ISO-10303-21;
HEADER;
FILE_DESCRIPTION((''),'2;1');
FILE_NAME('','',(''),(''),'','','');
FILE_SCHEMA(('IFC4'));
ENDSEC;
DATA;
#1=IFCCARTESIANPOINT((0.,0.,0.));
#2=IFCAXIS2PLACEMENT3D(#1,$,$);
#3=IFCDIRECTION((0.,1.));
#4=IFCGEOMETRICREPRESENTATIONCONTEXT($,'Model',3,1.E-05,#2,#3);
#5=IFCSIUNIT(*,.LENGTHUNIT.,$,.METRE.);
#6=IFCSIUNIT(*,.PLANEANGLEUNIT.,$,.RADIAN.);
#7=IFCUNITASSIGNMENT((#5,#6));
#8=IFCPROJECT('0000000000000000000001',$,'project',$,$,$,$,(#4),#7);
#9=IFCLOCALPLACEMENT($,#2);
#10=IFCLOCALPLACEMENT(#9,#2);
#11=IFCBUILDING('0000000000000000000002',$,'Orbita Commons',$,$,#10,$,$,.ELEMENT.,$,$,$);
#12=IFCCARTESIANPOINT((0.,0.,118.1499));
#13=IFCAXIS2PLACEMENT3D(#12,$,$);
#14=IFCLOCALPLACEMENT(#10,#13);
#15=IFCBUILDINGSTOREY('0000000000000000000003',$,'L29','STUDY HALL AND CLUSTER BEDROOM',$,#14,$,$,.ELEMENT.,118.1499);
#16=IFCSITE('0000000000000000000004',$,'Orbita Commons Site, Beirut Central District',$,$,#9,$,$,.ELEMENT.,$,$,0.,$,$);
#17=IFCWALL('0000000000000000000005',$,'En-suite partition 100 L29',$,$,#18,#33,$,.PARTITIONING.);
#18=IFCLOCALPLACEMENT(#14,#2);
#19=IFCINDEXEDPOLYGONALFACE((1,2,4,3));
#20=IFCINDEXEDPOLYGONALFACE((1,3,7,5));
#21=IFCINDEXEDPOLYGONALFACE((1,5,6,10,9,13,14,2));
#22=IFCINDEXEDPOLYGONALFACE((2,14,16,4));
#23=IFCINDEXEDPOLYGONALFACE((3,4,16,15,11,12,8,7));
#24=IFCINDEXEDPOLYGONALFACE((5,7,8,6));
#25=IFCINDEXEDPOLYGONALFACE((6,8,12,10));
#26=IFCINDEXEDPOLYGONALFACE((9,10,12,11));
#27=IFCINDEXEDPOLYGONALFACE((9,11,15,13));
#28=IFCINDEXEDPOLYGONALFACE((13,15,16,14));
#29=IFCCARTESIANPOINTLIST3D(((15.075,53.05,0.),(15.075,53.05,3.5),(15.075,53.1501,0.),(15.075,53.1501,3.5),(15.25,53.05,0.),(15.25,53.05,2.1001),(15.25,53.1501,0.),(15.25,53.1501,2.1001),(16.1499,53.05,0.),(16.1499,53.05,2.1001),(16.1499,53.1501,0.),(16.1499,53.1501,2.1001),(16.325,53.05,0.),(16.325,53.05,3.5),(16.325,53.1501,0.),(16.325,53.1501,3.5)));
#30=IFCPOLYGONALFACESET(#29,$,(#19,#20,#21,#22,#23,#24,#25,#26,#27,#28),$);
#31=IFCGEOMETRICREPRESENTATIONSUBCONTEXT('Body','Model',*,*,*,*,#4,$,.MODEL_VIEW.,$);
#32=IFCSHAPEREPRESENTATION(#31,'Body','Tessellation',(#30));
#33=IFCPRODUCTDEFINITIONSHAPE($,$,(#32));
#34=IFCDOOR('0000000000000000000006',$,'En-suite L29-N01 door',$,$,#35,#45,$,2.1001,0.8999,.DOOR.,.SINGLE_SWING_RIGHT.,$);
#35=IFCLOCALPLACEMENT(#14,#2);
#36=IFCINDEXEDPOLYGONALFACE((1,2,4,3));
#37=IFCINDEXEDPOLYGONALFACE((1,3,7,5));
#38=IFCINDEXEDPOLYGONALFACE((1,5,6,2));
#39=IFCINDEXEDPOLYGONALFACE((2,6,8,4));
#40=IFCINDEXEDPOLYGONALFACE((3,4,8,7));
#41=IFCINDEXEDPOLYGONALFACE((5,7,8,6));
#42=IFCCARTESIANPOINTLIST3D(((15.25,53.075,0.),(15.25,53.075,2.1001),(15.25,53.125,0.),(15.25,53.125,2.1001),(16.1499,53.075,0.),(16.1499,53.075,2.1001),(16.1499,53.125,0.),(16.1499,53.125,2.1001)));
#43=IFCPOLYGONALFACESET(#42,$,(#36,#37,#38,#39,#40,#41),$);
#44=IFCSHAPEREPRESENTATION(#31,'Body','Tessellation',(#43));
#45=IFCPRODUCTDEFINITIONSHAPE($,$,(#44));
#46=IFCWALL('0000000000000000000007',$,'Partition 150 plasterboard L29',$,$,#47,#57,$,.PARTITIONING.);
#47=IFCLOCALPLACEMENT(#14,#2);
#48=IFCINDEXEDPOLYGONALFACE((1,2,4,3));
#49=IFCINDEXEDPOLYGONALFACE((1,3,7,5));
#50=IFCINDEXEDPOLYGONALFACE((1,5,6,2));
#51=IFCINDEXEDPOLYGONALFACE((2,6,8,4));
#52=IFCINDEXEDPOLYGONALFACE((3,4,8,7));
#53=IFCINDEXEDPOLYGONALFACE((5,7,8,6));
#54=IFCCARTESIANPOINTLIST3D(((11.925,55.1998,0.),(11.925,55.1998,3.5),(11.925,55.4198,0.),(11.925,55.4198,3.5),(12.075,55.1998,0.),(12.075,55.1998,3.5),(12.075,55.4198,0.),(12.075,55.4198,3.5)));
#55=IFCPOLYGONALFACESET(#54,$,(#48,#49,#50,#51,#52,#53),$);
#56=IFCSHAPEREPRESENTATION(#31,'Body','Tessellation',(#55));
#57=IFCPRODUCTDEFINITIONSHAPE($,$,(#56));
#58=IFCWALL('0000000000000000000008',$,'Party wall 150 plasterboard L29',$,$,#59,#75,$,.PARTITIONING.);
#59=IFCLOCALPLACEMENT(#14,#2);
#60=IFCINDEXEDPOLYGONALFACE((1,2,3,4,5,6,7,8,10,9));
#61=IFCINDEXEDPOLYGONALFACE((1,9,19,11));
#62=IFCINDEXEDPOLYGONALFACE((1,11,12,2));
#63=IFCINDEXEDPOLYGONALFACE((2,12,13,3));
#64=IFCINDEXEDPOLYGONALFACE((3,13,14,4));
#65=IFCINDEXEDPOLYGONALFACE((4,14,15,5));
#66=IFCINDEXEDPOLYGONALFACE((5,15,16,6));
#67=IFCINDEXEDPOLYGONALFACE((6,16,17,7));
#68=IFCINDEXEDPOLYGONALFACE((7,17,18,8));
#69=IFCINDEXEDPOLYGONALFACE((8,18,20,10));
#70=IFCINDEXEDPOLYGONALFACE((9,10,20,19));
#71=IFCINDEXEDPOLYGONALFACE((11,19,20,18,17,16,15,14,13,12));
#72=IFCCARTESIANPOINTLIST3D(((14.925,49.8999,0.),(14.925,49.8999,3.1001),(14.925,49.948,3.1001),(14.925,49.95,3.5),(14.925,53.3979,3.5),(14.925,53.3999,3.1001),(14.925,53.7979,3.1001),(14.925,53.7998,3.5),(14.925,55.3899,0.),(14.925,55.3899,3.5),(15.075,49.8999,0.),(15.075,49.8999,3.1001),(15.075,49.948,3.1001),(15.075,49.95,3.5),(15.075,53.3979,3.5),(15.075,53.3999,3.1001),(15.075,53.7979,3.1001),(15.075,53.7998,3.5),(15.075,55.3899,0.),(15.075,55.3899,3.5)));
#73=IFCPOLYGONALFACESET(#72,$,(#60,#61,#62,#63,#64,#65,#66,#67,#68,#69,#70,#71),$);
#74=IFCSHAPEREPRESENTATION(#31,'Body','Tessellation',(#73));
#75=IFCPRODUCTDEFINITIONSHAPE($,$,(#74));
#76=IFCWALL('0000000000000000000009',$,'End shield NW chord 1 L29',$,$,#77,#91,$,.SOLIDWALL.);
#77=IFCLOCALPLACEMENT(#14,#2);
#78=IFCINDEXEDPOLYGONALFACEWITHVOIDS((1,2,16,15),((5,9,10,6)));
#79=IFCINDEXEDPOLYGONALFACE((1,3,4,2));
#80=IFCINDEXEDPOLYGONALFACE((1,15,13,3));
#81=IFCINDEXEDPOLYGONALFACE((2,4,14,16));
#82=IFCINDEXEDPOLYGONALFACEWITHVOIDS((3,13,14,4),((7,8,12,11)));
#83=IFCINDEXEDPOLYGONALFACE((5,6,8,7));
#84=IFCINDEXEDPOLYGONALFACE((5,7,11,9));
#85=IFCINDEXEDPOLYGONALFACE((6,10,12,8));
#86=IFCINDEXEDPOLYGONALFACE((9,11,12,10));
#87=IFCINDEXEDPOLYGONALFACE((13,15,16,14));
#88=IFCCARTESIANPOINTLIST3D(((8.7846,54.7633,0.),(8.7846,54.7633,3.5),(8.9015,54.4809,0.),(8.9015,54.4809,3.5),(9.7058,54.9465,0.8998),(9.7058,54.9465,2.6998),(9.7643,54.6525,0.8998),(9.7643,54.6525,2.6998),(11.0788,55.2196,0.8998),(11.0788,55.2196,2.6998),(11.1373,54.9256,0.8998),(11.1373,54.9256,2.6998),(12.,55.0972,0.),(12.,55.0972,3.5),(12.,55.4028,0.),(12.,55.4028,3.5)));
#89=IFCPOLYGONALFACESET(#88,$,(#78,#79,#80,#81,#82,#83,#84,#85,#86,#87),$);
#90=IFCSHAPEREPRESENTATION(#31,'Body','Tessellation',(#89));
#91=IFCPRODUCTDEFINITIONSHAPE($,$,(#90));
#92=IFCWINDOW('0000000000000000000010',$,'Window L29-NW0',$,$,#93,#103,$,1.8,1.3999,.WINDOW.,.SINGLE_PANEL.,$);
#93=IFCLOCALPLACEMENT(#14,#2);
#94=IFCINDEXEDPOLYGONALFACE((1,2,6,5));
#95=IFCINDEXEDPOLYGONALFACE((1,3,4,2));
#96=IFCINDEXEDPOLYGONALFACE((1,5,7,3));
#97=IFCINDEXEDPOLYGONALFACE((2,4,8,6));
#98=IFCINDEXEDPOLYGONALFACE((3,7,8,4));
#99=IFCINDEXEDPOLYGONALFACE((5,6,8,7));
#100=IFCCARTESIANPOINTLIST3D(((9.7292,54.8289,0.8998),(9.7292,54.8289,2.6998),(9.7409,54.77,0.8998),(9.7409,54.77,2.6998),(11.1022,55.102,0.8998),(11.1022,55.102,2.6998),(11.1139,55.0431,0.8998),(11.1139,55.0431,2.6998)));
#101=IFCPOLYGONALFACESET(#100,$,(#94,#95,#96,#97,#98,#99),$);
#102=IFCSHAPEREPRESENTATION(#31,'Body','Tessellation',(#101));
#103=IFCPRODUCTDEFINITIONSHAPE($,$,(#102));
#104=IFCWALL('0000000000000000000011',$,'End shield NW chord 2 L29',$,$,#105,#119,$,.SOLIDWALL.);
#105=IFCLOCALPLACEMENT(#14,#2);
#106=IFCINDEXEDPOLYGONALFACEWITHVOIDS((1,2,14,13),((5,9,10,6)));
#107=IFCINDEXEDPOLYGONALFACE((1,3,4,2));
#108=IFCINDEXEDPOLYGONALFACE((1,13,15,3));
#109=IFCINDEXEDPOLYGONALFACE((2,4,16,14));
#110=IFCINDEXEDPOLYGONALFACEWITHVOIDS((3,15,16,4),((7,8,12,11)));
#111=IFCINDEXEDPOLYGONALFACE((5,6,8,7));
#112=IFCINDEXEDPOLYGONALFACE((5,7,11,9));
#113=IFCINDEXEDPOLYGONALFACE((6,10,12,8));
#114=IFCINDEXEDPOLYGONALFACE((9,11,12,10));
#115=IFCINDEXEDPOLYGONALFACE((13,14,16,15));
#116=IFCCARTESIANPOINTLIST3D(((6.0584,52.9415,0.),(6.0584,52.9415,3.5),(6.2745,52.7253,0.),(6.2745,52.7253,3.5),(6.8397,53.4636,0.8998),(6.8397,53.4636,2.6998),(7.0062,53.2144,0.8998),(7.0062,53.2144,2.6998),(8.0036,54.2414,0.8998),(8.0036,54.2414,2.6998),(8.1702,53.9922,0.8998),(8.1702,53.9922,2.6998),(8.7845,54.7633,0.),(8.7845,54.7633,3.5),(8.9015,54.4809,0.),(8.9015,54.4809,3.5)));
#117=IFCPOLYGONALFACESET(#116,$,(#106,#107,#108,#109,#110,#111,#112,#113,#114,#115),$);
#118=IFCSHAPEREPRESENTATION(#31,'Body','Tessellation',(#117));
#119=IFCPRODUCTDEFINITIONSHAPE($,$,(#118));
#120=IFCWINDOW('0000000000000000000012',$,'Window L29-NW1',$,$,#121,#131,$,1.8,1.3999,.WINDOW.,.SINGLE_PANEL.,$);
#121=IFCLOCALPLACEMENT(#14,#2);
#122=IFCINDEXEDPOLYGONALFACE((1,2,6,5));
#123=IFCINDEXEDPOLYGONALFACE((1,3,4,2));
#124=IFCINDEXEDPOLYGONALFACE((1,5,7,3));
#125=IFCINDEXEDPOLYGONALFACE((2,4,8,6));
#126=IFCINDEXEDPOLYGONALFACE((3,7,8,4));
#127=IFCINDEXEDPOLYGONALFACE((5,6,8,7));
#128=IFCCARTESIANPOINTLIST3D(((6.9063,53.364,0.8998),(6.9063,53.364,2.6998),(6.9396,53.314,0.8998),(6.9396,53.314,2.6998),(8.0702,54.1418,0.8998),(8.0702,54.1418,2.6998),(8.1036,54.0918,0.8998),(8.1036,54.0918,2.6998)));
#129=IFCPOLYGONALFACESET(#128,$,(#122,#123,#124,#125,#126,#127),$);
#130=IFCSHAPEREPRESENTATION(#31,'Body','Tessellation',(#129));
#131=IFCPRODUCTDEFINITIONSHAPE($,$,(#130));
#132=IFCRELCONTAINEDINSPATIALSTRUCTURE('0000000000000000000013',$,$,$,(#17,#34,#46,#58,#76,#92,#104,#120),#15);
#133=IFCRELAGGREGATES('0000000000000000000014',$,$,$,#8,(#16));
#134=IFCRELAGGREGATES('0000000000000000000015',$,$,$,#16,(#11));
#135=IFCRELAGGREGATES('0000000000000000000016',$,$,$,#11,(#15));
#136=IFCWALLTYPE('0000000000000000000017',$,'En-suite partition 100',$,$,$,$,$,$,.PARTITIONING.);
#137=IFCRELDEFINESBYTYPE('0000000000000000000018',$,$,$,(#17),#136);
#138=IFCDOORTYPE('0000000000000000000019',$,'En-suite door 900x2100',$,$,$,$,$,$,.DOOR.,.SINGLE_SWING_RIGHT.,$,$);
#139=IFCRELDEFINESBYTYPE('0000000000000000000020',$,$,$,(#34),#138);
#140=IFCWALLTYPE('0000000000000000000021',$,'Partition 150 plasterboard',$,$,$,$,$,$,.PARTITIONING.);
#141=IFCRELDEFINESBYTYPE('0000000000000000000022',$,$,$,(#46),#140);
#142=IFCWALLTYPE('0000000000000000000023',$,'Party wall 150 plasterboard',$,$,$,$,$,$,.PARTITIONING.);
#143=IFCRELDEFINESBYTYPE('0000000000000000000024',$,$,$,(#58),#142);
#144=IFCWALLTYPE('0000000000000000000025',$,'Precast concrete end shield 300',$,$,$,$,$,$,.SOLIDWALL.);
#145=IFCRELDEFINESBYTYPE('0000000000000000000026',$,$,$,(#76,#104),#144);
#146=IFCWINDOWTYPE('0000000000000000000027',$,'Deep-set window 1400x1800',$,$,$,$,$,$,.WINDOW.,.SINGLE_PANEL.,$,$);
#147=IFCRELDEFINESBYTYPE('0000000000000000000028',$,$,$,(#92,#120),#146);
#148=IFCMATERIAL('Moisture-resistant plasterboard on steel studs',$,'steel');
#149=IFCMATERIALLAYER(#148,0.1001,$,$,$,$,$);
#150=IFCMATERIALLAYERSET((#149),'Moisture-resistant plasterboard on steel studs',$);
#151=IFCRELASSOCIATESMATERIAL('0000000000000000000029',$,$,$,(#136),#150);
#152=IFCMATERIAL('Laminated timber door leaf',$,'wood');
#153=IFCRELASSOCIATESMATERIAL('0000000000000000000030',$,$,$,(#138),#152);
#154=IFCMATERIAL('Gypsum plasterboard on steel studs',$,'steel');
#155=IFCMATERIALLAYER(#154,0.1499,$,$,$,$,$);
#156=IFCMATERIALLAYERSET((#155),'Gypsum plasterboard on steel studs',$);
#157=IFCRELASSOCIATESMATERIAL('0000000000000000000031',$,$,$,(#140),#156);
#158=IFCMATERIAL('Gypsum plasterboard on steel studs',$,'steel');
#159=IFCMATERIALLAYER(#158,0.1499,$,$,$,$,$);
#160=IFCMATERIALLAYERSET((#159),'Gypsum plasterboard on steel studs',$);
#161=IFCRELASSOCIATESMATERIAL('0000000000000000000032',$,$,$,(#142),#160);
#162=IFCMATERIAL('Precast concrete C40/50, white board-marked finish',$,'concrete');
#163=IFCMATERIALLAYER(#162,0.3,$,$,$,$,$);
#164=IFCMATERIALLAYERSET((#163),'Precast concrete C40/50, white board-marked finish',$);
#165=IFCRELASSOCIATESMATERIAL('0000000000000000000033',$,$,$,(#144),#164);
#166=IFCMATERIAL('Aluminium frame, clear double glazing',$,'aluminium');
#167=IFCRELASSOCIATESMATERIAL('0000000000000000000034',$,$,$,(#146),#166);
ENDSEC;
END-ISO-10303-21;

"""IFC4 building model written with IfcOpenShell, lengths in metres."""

from ifc_helpers import new_model, si_unit, direction, frame, frame_2d, origin, place, context, subcontext, project, spatial, polyline, rectangle, outline, extrude, material, layer, layer_set, type_object, element, fill, save


model = new_model("IFC4")

# Units and contexts
model_context = context("Model", 3, precision=1e-05, world=origin(), true_north=direction((0.0, 1.0)))
body_context = subcontext(model_context, "Body", "Model", "MODEL_VIEW")
ifc_project = project(units=[si_unit("LENGTHUNIT", "METRE"), si_unit("PLANEANGLEUNIT", "RADIAN")], contexts=[model_context])

# Site, building, storey
site_placement = place(None, origin())
site = spatial("IfcSite", under=ifc_project, at=site_placement, Name="Orbita Commons Site, Beirut Central District", CompositionType="ELEMENT", RefElevation=0.0)
building_placement = place(site_placement, origin())
building = spatial("IfcBuilding", under=site, at=building_placement, Name="Orbita Commons", CompositionType="ELEMENT")
storey_placement = place(building_placement, frame((0.0, 0.0, 118.1499)))
storey = spatial("IfcBuildingStorey", under=building, at=storey_placement, Name="L29", Description="STUDY HALL AND CLUSTER BEDROOM", CompositionType="ELEMENT", Elevation=118.1499)

# Wall, opening, door
ifc_material_1 = material(Name="Moisture-resistant plasterboard on steel studs", Category="steel")
ifc_layer_1 = layer(ifc_material_1, 0.1001)
ifc_layer_set_1 = layer_set([ifc_layer_1], Name="Moisture-resistant plasterboard on steel studs")
wall_type_1 = type_object("IfcWallType", Name="En-suite partition 100", PredefinedType="PARTITIONING", material=ifc_layer_set_1)
ifc_material_2 = material(Name="Laminated timber door leaf", Category="wood")
door_type = type_object("IfcDoorType", Name="En-suite door 900x2100", OperationType="SINGLE_SWING_RIGHT", PredefinedType="DOOR", material=ifc_material_2)
wall_1_placement = place(storey_placement, frame((15.075, 53.1001, 0.0), z_axis=(0.0, 0.0, 1.0), x_axis=(1.0, 0.0, 0.0)))
wall_1 = element("IfcWall", 1, at=wall_1_placement, inside=storey, type_object=wall_type_1, Name="En-suite partition 100 L29", PredefinedType="PARTITIONING", context=body_context, shape_type="SweptSolid", body=[
    extrude(rectangle(XDim=1.25, YDim=0.1001, at=frame_2d((0.625, 0.0))), origin(), (0.0, 0.0, 1.0), 3.5),
])
opening_1_placement = place(wall_1_placement, frame((0.175, 0.0, 0.0)))
opening_1 = element("IfcOpeningElement", 2, at=opening_1_placement, cuts=wall_1, PredefinedType="OPENING", context=body_context, shape_type="SweptSolid", body=[
    extrude(rectangle(XDim=0.8999, YDim=2.1001, at=frame_2d((0.45, 1.05))), frame((0.0, 0.0601, 0.0), z_axis=(0.0, -1.0, 0.0), x_axis=(1.0, 0.0, 0.0)), (0.0, 0.0, 1.0), 0.1201),
])
door_1_placement = place(opening_1_placement, origin())
door_1 = element("IfcDoor", 3, at=door_1_placement, inside=storey, type_object=door_type, Name="En-suite L29-N01 door", OperationType="SINGLE_SWING_RIGHT", OverallHeight=2.1001, OverallWidth=0.8999, PredefinedType="DOOR", context=body_context, shape_type="SweptSolid", body=[
    extrude(rectangle(XDim=0.8999, YDim=2.1001, at=frame_2d((0.45, 1.05))), frame((0.0, 0.0249, 0.0), z_axis=(0.0, -1.0, 0.0), x_axis=(1.0, 0.0, 0.0)), (0.0, 0.0, 1.0), 0.05),
])
fill(opening_1, door_1)

# Walls
ifc_material_3 = material(Name="Gypsum plasterboard on steel studs", Category="steel")
ifc_layer_2 = layer(ifc_material_3, 0.1499)
ifc_layer_set_2 = layer_set([ifc_layer_2], Name="Gypsum plasterboard on steel studs")
wall_type_2 = type_object("IfcWallType", Name="Partition 150 plasterboard", PredefinedType="PARTITIONING", material=ifc_layer_set_2)
wall_2_placement = place(storey_placement, frame((12.0, 55.2, 0.0), z_axis=(0.0, 0.0, 1.0), x_axis=(0.0, 1.0, 0.0)))
element("IfcWall", 4, at=wall_2_placement, inside=storey, type_object=wall_type_2, Name="Partition 150 plasterboard L29", PredefinedType="PARTITIONING", context=body_context, shape_type="SweptSolid", body=[
    extrude(rectangle(XDim=0.22, YDim=0.1499, at=frame_2d((0.1099, 0.0))), origin(), (0.0, 0.0, 1.0), 3.5),
])
ifc_material_4 = material(Name="Gypsum plasterboard on steel studs", Category="steel")
ifc_layer_3 = layer(ifc_material_4, 0.1499)
ifc_layer_set_3 = layer_set([ifc_layer_3], Name="Gypsum plasterboard on steel studs")
wall_type_3 = type_object("IfcWallType", Name="Party wall 150 plasterboard", PredefinedType="PARTITIONING", material=ifc_layer_set_3)
wall_3_placement = place(storey_placement, frame((15.0, 55.3899, 0.0), z_axis=(0.0, 0.0, 1.0), x_axis=(0.0, -1.0, 0.0)))
element("IfcWall", 5, at=wall_3_placement, inside=storey, type_object=wall_type_3, Name="Party wall 150 plasterboard L29", PredefinedType="PARTITIONING", context=body_context, shape_type="SweptSolid", body=[
    extrude(outline(polyline([(0.0, 0.0), (5.49, 0.0), (5.49, 3.1001), (5.4419, 3.1001), (5.4399, 3.5), (1.9919, 3.5), (1.99, 3.1001), (1.592, 3.1001), (1.5901, 3.5), (0.0, 3.5), (0.0, 0.0)])), frame((0.0, 0.075, 0.0), z_axis=(0.0, -1.0, 0.0), x_axis=(1.0, 0.0, 0.0)), (0.0, 0.0, 1.0), 0.1499),
])

# Walls, openings, windows
ifc_material_5 = material(Name="Precast concrete C40/50, white board-marked finish", Category="concrete")
ifc_layer_4 = layer(ifc_material_5, 0.3)
ifc_layer_set_4 = layer_set([ifc_layer_4], Name="Precast concrete C40/50, white board-marked finish")
wall_type_4 = type_object("IfcWallType", Name="Precast concrete end shield 300", PredefinedType="SOLIDWALL", material=ifc_layer_set_4)
wall_4_placement = place(storey_placement, frame((12.0, 55.25, 0.0), z_axis=(0.0, 0.0, 1.0), x_axis=(-0.980787, -0.19508, 0.0)))
wall_4 = element("IfcWall", 6, at=wall_4_placement, inside=storey, type_object=wall_type_4, Name="End shield NW chord 1 L29", PredefinedType="SOLIDWALL", context=body_context, shape_type="SweptSolid", body=[
    extrude(outline(polyline([(-0.0298, -0.1499), (3.2485, -0.1499), (3.189, 0.1499), (0.0298, 0.1499), (-0.0298, -0.1499)])), origin(), (0.0, 0.0, 1.0), 3.5),
])
opening_2_placement = place(wall_4_placement, frame((0.9094, 0.0, 0.8999)))
opening_2 = element("IfcOpeningElement", 7, at=opening_2_placement, cuts=wall_4, PredefinedType="OPENING", context=body_context, shape_type="SweptSolid", body=[
    extrude(rectangle(XDim=1.3999, YDim=1.8, at=frame_2d((0.7, 0.8999))), frame((0.0, 0.1599, 0.0), z_axis=(0.0, -1.0, 0.0), x_axis=(1.0, 0.0, 0.0)), (0.0, 0.0, 1.0), 0.3201),
])
ifc_material_6 = material(Name="Aluminium frame, clear double glazing", Category="aluminium")
window_type = type_object("IfcWindowType", Name="Deep-set window 1400x1800", PartitioningType="SINGLE_PANEL", PredefinedType="WINDOW", material=ifc_material_6)
window_1_placement = place(opening_2_placement, origin())
window_1 = element("IfcWindow", 8, at=window_1_placement, inside=storey, type_object=window_type, Name="Window L29-NW0", OverallHeight=1.8, OverallWidth=1.3999, PartitioningType="SINGLE_PANEL", PredefinedType="WINDOW", context=body_context, shape_type="SweptSolid", body=[
    extrude(rectangle(XDim=1.3999, YDim=1.8, at=frame_2d((0.7, 0.8999))), frame((0.0, 0.03, 0.0), z_axis=(0.0, -1.0, 0.0), x_axis=(1.0, 0.0, 0.0)), (0.0, 0.0, 1.0), 0.0601),
])
fill(opening_2, window_1)
wall_5_placement = place(storey_placement, frame((8.843, 54.6221, 0.0), z_axis=(0.0, 0.0, 1.0), x_axis=(-0.831443, -0.55561, 0.0)))
wall_5 = element("IfcWall", 9, at=wall_5_placement, inside=storey, type_object=wall_type_4, Name="End shield NW chord 2 L29", PredefinedType="SOLIDWALL", context=body_context, shape_type="SweptSolid", body=[
    extrude(outline(polyline([(-0.0298, -0.1499), (3.249, -0.1499), (3.1895, 0.1499), (0.0298, 0.1499), (-0.0298, -0.1499)])), origin(), (0.0, 0.0, 1.0), 3.5),
])
opening_3_placement = place(wall_5_placement, frame((0.9094, 0.0, 0.8999)))
opening_3 = element("IfcOpeningElement", 10, at=opening_3_placement, cuts=wall_5, PredefinedType="OPENING", context=body_context, shape_type="SweptSolid", body=[
    extrude(rectangle(XDim=1.3999, YDim=1.8, at=frame_2d((0.7, 0.8999))), frame((0.0, 0.1599, 0.0), z_axis=(0.0, -1.0, 0.0), x_axis=(1.0, 0.0, 0.0)), (0.0, 0.0, 1.0), 0.3201),
])
window_2_placement = place(opening_3_placement, origin())
window_2 = element("IfcWindow", 11, at=window_2_placement, inside=storey, type_object=window_type, Name="Window L29-NW1", OverallHeight=1.8, OverallWidth=1.3999, PartitioningType="SINGLE_PANEL", PredefinedType="WINDOW", context=body_context, shape_type="SweptSolid", body=[
    extrude(rectangle(XDim=1.3999, YDim=1.8, at=frame_2d((0.7, 0.8999))), frame((0.0, 0.03, 0.0), z_axis=(0.0, -1.0, 0.0), x_axis=(1.0, 0.0, 0.0)), (0.0, 0.0, 1.0), 0.0601),
])
fill(opening_3, window_2)

save(model, "model.ifc")
